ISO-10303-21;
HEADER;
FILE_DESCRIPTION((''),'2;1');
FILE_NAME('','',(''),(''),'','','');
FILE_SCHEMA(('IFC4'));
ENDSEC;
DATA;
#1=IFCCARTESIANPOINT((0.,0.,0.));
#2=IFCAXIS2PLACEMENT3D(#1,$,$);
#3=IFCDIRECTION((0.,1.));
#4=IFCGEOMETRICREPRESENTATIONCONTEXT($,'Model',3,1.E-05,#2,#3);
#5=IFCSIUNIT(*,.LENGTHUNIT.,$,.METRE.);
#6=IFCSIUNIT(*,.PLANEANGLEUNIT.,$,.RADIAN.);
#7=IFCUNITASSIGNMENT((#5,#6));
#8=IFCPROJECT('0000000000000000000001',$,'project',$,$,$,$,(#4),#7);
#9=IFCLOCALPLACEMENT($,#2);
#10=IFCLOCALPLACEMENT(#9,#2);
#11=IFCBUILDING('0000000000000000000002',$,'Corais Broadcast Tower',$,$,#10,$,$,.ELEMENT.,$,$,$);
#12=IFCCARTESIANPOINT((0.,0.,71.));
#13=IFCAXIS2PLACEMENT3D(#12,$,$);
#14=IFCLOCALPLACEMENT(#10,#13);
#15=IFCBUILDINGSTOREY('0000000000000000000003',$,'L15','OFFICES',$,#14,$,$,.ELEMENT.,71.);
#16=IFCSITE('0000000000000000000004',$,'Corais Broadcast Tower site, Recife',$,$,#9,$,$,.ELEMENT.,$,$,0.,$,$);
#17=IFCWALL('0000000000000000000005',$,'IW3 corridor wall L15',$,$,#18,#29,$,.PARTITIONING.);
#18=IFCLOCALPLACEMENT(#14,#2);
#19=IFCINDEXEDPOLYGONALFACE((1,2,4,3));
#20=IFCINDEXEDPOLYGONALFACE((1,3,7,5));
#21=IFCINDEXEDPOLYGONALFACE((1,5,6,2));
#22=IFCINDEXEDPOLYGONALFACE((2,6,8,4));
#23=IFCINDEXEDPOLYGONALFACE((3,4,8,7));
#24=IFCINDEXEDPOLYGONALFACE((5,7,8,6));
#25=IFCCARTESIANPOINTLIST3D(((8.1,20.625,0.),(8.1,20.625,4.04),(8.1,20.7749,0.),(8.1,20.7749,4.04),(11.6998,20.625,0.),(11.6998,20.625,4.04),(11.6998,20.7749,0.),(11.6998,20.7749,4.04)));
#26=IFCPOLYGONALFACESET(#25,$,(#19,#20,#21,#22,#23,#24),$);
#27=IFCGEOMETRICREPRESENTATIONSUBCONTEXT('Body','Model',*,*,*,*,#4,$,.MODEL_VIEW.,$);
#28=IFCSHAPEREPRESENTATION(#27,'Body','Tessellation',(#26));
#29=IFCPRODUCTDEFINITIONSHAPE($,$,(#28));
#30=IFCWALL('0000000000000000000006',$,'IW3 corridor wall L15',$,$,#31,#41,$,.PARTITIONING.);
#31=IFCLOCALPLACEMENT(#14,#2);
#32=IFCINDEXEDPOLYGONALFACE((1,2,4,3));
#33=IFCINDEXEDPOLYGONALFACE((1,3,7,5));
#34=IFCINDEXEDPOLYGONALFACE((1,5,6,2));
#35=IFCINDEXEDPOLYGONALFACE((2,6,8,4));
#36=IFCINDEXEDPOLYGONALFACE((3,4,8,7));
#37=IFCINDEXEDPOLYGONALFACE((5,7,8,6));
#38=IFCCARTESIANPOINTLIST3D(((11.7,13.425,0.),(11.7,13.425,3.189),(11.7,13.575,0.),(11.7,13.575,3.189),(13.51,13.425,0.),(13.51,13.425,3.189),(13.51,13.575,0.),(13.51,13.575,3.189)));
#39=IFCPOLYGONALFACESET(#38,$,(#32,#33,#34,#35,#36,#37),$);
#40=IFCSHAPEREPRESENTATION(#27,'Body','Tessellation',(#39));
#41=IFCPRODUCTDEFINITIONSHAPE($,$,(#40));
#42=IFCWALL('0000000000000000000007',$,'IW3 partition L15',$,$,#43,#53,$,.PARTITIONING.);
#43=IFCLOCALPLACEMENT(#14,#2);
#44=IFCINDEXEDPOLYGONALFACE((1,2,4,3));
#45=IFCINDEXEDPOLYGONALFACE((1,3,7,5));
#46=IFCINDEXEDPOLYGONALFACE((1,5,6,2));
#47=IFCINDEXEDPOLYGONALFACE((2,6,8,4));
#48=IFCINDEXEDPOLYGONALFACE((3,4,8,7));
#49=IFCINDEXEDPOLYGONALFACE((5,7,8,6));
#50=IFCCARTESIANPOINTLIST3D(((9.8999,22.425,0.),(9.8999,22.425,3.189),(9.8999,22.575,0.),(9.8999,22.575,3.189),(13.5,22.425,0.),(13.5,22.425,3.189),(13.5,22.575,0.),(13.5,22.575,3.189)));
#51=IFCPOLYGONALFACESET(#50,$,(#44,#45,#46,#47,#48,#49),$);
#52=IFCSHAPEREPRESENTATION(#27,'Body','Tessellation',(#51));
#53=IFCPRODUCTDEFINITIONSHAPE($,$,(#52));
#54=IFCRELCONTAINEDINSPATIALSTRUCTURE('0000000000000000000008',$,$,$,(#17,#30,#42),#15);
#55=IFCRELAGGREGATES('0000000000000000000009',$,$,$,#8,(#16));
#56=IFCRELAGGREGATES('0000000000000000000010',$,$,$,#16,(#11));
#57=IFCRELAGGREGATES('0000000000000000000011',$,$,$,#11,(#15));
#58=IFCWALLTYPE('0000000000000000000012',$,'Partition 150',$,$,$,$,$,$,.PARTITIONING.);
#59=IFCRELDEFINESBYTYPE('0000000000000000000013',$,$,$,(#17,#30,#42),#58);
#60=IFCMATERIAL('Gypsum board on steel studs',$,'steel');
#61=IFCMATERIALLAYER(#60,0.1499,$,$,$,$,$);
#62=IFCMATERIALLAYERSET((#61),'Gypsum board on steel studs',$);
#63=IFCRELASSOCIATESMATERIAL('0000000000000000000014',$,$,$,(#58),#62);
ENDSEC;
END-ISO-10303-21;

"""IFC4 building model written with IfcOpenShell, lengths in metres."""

from ifc_helpers import new_model, si_unit, direction, frame, frame_2d, origin, place, context, subcontext, project, spatial, rectangle, extrude, material, layer, layer_set, type_object, element, save


model = new_model("IFC4")

# Units and contexts
model_context = context("Model", 3, precision=1e-05, world=origin(), true_north=direction((0.0, 1.0)))
body_context = subcontext(model_context, "Body", "Model", "MODEL_VIEW")
ifc_project = project(units=[si_unit("LENGTHUNIT", "METRE"), si_unit("PLANEANGLEUNIT", "RADIAN")], contexts=[model_context])

# Site, building, storey
site_placement = place(None, origin())
site = spatial("IfcSite", under=ifc_project, at=site_placement, Name="Corais Broadcast Tower site, Recife", CompositionType="ELEMENT", RefElevation=0.0)
building_placement = place(site_placement, origin())
building = spatial("IfcBuilding", under=site, at=building_placement, Name="Corais Broadcast Tower", CompositionType="ELEMENT")
storey_placement = place(building_placement, frame((0.0, 0.0, 71.0)))
storey = spatial("IfcBuildingStorey", under=building, at=storey_placement, Name="L15", Description="OFFICES", CompositionType="ELEMENT", Elevation=71.0)

# Walls
ifc_material_1 = material(Name="Gypsum board on steel studs", Category="steel")
ifc_layer_1 = layer(ifc_material_1, 0.1499)
ifc_layer_set_1 = layer_set([ifc_layer_1], Name="Gypsum board on steel studs")
wall_type_1 = type_object("IfcWallType", Name="Partition 150", PredefinedType="PARTITIONING", material=ifc_layer_set_1)
wall_1_placement = place(storey_placement, frame((8.1001, 20.7, 0.0), z_axis=(0.0, 0.0, 1.0), x_axis=(1.0, 0.0, 0.0)))
element("IfcWall", 1, at=wall_1_placement, inside=storey, type_object=wall_type_1, Name="IW3 corridor wall L15", PredefinedType="PARTITIONING", context=body_context, shape_type="SweptSolid", body=[
    extrude(rectangle(XDim=3.5999, YDim=0.1499, at=frame_2d((1.7998, 0.0))), origin(), (0.0, 0.0, 1.0), 4.04),
])
wall_2_placement = place(storey_placement, frame((11.7, 13.5, 0.0), z_axis=(0.0, 0.0, 1.0), x_axis=(1.0, 0.0, 0.0)))
element("IfcWall", 2, at=wall_2_placement, inside=storey, type_object=wall_type_1, Name="IW3 corridor wall L15", PredefinedType="PARTITIONING", context=body_context, shape_type="SweptSolid", body=[
    extrude(rectangle(XDim=1.8101, YDim=0.1499, at=frame_2d((0.905, 0.0))), origin(), (0.0, 0.0, 1.0), 3.189),
])
wall_3_placement = place(storey_placement, frame((9.8999, 22.5, 0.0), z_axis=(0.0, 0.0, 1.0), x_axis=(1.0, 0.0, 0.0)))
element("IfcWall", 3, at=wall_3_placement, inside=storey, type_object=wall_type_1, Name="IW3 partition L15", PredefinedType="PARTITIONING", context=body_context, shape_type="SweptSolid", body=[
    extrude(rectangle(XDim=3.6001, YDim=0.1499, at=frame_2d((1.8, 0.0))), origin(), (0.0, 0.0, 1.0), 3.189),
])

save(model, "model.ifc")
